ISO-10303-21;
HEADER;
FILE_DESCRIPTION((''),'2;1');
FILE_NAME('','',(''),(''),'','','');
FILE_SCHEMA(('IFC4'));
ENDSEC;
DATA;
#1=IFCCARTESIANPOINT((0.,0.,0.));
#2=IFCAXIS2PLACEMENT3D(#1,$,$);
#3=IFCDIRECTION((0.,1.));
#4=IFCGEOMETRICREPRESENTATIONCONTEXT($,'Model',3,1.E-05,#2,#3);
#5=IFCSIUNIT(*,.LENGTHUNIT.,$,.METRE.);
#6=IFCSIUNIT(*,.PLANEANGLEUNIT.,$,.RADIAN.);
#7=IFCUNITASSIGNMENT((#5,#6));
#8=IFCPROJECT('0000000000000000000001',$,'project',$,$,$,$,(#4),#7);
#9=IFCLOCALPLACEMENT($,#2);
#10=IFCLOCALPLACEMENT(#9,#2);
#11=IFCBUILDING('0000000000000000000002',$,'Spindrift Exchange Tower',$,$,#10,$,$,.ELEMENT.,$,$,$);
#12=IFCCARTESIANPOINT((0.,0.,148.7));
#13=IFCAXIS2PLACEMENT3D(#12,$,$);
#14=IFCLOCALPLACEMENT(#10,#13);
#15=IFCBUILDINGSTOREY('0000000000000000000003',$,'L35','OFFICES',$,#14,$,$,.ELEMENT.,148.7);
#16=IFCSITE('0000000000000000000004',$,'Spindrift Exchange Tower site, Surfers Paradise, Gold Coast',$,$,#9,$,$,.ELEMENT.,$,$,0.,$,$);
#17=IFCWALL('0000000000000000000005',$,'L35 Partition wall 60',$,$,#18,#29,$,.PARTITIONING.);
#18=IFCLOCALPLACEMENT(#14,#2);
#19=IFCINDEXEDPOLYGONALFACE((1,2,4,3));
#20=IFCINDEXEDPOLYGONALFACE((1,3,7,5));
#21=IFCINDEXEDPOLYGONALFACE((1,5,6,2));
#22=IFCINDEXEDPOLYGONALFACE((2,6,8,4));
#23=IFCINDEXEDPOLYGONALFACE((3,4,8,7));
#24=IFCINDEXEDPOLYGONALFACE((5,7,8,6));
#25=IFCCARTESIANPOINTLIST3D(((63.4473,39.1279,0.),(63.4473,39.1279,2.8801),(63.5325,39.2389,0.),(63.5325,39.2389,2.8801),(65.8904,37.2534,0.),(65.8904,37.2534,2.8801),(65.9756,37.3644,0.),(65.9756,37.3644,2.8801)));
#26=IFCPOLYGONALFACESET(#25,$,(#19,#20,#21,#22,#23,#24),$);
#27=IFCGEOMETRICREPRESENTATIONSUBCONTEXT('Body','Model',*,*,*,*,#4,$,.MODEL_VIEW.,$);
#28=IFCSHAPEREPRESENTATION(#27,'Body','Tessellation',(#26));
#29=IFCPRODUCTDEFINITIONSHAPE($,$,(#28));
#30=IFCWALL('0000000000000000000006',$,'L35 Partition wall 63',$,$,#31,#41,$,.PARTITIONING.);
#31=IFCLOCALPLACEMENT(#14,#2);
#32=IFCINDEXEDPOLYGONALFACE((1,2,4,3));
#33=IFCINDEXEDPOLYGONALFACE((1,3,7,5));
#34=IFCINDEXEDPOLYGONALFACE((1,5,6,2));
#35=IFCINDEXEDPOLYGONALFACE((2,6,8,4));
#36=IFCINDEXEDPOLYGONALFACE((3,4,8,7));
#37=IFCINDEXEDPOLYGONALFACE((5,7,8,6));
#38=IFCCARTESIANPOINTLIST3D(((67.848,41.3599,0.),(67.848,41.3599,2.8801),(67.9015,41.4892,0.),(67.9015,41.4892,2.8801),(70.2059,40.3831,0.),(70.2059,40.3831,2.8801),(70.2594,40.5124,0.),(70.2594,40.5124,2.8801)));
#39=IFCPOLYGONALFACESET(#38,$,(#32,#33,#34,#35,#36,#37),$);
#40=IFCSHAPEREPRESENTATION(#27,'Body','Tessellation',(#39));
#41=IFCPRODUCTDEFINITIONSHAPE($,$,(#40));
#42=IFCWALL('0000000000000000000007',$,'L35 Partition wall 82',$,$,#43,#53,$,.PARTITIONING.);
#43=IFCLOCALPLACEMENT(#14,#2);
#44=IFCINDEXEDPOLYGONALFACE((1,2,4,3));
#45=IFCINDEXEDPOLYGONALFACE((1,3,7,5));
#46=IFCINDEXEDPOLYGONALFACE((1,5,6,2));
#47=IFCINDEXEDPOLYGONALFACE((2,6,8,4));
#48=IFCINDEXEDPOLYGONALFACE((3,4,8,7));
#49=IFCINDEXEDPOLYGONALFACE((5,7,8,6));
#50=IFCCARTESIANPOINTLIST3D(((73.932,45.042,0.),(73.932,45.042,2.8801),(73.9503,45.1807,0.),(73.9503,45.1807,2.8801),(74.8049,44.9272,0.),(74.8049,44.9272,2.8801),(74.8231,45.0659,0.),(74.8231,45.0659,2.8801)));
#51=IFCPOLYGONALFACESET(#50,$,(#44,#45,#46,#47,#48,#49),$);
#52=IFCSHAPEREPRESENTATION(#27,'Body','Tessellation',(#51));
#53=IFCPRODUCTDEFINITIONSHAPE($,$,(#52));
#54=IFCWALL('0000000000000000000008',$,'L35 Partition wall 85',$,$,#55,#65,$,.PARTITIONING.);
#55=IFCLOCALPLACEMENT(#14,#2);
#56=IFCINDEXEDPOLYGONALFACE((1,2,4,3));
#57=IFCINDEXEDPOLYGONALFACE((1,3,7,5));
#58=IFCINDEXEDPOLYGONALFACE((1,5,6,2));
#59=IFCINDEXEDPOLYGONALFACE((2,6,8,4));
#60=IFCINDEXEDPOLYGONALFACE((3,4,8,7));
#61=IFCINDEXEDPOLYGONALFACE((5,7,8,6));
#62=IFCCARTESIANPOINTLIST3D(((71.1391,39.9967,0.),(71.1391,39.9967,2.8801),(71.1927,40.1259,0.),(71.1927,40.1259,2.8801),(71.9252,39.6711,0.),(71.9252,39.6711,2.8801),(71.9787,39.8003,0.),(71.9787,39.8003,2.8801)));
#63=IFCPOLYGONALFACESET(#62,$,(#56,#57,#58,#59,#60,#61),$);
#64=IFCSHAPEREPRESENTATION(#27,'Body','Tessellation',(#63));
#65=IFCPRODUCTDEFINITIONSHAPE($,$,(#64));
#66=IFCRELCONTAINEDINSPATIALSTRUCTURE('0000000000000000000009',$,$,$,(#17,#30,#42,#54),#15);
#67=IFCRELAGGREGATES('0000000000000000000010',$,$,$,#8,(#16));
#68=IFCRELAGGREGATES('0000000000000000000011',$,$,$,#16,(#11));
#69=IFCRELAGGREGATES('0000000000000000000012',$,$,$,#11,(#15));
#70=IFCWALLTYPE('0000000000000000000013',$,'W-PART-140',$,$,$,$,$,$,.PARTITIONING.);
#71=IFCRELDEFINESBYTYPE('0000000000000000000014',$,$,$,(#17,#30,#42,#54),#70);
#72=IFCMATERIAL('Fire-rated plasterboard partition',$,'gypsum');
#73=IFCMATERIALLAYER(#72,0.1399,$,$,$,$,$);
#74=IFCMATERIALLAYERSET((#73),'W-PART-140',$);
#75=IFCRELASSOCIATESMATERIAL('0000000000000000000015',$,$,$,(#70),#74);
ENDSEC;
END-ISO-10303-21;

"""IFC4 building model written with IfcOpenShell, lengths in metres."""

from ifc_helpers import new_model, si_unit, direction, frame, frame_2d, origin, place, context, subcontext, project, spatial, rectangle, extrude, material, layer, layer_set, type_object, element, save


model = new_model("IFC4")

# Units and contexts
model_context = context("Model", 3, precision=1e-05, world=origin(), true_north=direction((0.0, 1.0)))
body_context = subcontext(model_context, "Body", "Model", "MODEL_VIEW")
ifc_project = project(units=[si_unit("LENGTHUNIT", "METRE"), si_unit("PLANEANGLEUNIT", "RADIAN")], contexts=[model_context])

# Site, building, storey
site_placement = place(None, origin())
site = spatial("IfcSite", under=ifc_project, at=site_placement, Name="Spindrift Exchange Tower site, Surfers Paradise, Gold Coast", CompositionType="ELEMENT", RefElevation=0.0)
building_placement = place(site_placement, origin())
building = spatial("IfcBuilding", under=site, at=building_placement, Name="Spindrift Exchange Tower", CompositionType="ELEMENT")
storey_placement = place(building_placement, frame((0.0, 0.0, 148.7)))
storey = spatial("IfcBuildingStorey", under=building, at=storey_placement, Name="L35", Description="OFFICES", CompositionType="ELEMENT", Elevation=148.7)

# Shared definitions
ifc_material_1 = material(Name="Fire-rated plasterboard partition", Category="gypsum")

# Shared definitions
ifc_layer_1 = layer(ifc_material_1, 0.1399)
ifc_layer_set_1 = layer_set([ifc_layer_1], Name="W-PART-140")
wall_type_1 = type_object("IfcWallType", Name="W-PART-140", PredefinedType="PARTITIONING", material=ifc_layer_set_1)

# Walls
wall_1_placement = place(storey_placement, frame((63.49, 39.1833, 0.0), z_axis=(0.0, 0.0, 1.0), x_axis=(0.793378, -0.608729, 0.0)))
element("IfcWall", 1, at=wall_1_placement, inside=storey, type_object=wall_type_1, Name="L35 Partition wall 60", PredefinedType="PARTITIONING", context=body_context, shape_type="SweptSolid", body=[
    extrude(rectangle(XDim=3.0793, YDim=0.1399, at=frame_2d((1.5396, 0.0))), origin(), (0.0, 0.0, 1.0), 2.8801),
])
wall_2_placement = place(storey_placement, frame((67.8748, 41.4246, 0.0), z_axis=(0.0, 0.0, 1.0), x_axis=(0.923862, -0.382726, 0.0)))
element("IfcWall", 2, at=wall_2_placement, inside=storey, type_object=wall_type_1, Name="L35 Partition wall 63", PredefinedType="PARTITIONING", context=body_context, shape_type="SweptSolid", body=[
    extrude(rectangle(XDim=2.5522, YDim=0.1399, at=frame_2d((1.2761, 0.0))), origin(), (0.0, 0.0, 1.0), 2.8801),
])
wall_3_placement = place(storey_placement, frame((73.9412, 45.1113, 0.0), z_axis=(0.0, 0.0, 1.0), x_axis=(0.991468, -0.130347, 0.0)))
element("IfcWall", 3, at=wall_3_placement, inside=storey, type_object=wall_type_1, Name="L35 Partition wall 82", PredefinedType="PARTITIONING", context=body_context, shape_type="SweptSolid", body=[
    extrude(rectangle(XDim=0.8804, YDim=0.1399, at=frame_2d((0.4402, 0.0))), origin(), (0.0, 0.0, 1.0), 2.8801),
])
wall_4_placement = place(storey_placement, frame((71.166, 40.0613, 0.0), z_axis=(0.0, 0.0, 1.0), x_axis=(0.923856, -0.38274, 0.0)))
element("IfcWall", 4, at=wall_4_placement, inside=storey, type_object=wall_type_1, Name="L35 Partition wall 85", PredefinedType="PARTITIONING", context=body_context, shape_type="SweptSolid", body=[
    extrude(rectangle(XDim=0.8508, YDim=0.1399, at=frame_2d((0.4253, 0.0))), origin(), (0.0, 0.0, 1.0), 2.8801),
])

save(model, "model.ifc")
